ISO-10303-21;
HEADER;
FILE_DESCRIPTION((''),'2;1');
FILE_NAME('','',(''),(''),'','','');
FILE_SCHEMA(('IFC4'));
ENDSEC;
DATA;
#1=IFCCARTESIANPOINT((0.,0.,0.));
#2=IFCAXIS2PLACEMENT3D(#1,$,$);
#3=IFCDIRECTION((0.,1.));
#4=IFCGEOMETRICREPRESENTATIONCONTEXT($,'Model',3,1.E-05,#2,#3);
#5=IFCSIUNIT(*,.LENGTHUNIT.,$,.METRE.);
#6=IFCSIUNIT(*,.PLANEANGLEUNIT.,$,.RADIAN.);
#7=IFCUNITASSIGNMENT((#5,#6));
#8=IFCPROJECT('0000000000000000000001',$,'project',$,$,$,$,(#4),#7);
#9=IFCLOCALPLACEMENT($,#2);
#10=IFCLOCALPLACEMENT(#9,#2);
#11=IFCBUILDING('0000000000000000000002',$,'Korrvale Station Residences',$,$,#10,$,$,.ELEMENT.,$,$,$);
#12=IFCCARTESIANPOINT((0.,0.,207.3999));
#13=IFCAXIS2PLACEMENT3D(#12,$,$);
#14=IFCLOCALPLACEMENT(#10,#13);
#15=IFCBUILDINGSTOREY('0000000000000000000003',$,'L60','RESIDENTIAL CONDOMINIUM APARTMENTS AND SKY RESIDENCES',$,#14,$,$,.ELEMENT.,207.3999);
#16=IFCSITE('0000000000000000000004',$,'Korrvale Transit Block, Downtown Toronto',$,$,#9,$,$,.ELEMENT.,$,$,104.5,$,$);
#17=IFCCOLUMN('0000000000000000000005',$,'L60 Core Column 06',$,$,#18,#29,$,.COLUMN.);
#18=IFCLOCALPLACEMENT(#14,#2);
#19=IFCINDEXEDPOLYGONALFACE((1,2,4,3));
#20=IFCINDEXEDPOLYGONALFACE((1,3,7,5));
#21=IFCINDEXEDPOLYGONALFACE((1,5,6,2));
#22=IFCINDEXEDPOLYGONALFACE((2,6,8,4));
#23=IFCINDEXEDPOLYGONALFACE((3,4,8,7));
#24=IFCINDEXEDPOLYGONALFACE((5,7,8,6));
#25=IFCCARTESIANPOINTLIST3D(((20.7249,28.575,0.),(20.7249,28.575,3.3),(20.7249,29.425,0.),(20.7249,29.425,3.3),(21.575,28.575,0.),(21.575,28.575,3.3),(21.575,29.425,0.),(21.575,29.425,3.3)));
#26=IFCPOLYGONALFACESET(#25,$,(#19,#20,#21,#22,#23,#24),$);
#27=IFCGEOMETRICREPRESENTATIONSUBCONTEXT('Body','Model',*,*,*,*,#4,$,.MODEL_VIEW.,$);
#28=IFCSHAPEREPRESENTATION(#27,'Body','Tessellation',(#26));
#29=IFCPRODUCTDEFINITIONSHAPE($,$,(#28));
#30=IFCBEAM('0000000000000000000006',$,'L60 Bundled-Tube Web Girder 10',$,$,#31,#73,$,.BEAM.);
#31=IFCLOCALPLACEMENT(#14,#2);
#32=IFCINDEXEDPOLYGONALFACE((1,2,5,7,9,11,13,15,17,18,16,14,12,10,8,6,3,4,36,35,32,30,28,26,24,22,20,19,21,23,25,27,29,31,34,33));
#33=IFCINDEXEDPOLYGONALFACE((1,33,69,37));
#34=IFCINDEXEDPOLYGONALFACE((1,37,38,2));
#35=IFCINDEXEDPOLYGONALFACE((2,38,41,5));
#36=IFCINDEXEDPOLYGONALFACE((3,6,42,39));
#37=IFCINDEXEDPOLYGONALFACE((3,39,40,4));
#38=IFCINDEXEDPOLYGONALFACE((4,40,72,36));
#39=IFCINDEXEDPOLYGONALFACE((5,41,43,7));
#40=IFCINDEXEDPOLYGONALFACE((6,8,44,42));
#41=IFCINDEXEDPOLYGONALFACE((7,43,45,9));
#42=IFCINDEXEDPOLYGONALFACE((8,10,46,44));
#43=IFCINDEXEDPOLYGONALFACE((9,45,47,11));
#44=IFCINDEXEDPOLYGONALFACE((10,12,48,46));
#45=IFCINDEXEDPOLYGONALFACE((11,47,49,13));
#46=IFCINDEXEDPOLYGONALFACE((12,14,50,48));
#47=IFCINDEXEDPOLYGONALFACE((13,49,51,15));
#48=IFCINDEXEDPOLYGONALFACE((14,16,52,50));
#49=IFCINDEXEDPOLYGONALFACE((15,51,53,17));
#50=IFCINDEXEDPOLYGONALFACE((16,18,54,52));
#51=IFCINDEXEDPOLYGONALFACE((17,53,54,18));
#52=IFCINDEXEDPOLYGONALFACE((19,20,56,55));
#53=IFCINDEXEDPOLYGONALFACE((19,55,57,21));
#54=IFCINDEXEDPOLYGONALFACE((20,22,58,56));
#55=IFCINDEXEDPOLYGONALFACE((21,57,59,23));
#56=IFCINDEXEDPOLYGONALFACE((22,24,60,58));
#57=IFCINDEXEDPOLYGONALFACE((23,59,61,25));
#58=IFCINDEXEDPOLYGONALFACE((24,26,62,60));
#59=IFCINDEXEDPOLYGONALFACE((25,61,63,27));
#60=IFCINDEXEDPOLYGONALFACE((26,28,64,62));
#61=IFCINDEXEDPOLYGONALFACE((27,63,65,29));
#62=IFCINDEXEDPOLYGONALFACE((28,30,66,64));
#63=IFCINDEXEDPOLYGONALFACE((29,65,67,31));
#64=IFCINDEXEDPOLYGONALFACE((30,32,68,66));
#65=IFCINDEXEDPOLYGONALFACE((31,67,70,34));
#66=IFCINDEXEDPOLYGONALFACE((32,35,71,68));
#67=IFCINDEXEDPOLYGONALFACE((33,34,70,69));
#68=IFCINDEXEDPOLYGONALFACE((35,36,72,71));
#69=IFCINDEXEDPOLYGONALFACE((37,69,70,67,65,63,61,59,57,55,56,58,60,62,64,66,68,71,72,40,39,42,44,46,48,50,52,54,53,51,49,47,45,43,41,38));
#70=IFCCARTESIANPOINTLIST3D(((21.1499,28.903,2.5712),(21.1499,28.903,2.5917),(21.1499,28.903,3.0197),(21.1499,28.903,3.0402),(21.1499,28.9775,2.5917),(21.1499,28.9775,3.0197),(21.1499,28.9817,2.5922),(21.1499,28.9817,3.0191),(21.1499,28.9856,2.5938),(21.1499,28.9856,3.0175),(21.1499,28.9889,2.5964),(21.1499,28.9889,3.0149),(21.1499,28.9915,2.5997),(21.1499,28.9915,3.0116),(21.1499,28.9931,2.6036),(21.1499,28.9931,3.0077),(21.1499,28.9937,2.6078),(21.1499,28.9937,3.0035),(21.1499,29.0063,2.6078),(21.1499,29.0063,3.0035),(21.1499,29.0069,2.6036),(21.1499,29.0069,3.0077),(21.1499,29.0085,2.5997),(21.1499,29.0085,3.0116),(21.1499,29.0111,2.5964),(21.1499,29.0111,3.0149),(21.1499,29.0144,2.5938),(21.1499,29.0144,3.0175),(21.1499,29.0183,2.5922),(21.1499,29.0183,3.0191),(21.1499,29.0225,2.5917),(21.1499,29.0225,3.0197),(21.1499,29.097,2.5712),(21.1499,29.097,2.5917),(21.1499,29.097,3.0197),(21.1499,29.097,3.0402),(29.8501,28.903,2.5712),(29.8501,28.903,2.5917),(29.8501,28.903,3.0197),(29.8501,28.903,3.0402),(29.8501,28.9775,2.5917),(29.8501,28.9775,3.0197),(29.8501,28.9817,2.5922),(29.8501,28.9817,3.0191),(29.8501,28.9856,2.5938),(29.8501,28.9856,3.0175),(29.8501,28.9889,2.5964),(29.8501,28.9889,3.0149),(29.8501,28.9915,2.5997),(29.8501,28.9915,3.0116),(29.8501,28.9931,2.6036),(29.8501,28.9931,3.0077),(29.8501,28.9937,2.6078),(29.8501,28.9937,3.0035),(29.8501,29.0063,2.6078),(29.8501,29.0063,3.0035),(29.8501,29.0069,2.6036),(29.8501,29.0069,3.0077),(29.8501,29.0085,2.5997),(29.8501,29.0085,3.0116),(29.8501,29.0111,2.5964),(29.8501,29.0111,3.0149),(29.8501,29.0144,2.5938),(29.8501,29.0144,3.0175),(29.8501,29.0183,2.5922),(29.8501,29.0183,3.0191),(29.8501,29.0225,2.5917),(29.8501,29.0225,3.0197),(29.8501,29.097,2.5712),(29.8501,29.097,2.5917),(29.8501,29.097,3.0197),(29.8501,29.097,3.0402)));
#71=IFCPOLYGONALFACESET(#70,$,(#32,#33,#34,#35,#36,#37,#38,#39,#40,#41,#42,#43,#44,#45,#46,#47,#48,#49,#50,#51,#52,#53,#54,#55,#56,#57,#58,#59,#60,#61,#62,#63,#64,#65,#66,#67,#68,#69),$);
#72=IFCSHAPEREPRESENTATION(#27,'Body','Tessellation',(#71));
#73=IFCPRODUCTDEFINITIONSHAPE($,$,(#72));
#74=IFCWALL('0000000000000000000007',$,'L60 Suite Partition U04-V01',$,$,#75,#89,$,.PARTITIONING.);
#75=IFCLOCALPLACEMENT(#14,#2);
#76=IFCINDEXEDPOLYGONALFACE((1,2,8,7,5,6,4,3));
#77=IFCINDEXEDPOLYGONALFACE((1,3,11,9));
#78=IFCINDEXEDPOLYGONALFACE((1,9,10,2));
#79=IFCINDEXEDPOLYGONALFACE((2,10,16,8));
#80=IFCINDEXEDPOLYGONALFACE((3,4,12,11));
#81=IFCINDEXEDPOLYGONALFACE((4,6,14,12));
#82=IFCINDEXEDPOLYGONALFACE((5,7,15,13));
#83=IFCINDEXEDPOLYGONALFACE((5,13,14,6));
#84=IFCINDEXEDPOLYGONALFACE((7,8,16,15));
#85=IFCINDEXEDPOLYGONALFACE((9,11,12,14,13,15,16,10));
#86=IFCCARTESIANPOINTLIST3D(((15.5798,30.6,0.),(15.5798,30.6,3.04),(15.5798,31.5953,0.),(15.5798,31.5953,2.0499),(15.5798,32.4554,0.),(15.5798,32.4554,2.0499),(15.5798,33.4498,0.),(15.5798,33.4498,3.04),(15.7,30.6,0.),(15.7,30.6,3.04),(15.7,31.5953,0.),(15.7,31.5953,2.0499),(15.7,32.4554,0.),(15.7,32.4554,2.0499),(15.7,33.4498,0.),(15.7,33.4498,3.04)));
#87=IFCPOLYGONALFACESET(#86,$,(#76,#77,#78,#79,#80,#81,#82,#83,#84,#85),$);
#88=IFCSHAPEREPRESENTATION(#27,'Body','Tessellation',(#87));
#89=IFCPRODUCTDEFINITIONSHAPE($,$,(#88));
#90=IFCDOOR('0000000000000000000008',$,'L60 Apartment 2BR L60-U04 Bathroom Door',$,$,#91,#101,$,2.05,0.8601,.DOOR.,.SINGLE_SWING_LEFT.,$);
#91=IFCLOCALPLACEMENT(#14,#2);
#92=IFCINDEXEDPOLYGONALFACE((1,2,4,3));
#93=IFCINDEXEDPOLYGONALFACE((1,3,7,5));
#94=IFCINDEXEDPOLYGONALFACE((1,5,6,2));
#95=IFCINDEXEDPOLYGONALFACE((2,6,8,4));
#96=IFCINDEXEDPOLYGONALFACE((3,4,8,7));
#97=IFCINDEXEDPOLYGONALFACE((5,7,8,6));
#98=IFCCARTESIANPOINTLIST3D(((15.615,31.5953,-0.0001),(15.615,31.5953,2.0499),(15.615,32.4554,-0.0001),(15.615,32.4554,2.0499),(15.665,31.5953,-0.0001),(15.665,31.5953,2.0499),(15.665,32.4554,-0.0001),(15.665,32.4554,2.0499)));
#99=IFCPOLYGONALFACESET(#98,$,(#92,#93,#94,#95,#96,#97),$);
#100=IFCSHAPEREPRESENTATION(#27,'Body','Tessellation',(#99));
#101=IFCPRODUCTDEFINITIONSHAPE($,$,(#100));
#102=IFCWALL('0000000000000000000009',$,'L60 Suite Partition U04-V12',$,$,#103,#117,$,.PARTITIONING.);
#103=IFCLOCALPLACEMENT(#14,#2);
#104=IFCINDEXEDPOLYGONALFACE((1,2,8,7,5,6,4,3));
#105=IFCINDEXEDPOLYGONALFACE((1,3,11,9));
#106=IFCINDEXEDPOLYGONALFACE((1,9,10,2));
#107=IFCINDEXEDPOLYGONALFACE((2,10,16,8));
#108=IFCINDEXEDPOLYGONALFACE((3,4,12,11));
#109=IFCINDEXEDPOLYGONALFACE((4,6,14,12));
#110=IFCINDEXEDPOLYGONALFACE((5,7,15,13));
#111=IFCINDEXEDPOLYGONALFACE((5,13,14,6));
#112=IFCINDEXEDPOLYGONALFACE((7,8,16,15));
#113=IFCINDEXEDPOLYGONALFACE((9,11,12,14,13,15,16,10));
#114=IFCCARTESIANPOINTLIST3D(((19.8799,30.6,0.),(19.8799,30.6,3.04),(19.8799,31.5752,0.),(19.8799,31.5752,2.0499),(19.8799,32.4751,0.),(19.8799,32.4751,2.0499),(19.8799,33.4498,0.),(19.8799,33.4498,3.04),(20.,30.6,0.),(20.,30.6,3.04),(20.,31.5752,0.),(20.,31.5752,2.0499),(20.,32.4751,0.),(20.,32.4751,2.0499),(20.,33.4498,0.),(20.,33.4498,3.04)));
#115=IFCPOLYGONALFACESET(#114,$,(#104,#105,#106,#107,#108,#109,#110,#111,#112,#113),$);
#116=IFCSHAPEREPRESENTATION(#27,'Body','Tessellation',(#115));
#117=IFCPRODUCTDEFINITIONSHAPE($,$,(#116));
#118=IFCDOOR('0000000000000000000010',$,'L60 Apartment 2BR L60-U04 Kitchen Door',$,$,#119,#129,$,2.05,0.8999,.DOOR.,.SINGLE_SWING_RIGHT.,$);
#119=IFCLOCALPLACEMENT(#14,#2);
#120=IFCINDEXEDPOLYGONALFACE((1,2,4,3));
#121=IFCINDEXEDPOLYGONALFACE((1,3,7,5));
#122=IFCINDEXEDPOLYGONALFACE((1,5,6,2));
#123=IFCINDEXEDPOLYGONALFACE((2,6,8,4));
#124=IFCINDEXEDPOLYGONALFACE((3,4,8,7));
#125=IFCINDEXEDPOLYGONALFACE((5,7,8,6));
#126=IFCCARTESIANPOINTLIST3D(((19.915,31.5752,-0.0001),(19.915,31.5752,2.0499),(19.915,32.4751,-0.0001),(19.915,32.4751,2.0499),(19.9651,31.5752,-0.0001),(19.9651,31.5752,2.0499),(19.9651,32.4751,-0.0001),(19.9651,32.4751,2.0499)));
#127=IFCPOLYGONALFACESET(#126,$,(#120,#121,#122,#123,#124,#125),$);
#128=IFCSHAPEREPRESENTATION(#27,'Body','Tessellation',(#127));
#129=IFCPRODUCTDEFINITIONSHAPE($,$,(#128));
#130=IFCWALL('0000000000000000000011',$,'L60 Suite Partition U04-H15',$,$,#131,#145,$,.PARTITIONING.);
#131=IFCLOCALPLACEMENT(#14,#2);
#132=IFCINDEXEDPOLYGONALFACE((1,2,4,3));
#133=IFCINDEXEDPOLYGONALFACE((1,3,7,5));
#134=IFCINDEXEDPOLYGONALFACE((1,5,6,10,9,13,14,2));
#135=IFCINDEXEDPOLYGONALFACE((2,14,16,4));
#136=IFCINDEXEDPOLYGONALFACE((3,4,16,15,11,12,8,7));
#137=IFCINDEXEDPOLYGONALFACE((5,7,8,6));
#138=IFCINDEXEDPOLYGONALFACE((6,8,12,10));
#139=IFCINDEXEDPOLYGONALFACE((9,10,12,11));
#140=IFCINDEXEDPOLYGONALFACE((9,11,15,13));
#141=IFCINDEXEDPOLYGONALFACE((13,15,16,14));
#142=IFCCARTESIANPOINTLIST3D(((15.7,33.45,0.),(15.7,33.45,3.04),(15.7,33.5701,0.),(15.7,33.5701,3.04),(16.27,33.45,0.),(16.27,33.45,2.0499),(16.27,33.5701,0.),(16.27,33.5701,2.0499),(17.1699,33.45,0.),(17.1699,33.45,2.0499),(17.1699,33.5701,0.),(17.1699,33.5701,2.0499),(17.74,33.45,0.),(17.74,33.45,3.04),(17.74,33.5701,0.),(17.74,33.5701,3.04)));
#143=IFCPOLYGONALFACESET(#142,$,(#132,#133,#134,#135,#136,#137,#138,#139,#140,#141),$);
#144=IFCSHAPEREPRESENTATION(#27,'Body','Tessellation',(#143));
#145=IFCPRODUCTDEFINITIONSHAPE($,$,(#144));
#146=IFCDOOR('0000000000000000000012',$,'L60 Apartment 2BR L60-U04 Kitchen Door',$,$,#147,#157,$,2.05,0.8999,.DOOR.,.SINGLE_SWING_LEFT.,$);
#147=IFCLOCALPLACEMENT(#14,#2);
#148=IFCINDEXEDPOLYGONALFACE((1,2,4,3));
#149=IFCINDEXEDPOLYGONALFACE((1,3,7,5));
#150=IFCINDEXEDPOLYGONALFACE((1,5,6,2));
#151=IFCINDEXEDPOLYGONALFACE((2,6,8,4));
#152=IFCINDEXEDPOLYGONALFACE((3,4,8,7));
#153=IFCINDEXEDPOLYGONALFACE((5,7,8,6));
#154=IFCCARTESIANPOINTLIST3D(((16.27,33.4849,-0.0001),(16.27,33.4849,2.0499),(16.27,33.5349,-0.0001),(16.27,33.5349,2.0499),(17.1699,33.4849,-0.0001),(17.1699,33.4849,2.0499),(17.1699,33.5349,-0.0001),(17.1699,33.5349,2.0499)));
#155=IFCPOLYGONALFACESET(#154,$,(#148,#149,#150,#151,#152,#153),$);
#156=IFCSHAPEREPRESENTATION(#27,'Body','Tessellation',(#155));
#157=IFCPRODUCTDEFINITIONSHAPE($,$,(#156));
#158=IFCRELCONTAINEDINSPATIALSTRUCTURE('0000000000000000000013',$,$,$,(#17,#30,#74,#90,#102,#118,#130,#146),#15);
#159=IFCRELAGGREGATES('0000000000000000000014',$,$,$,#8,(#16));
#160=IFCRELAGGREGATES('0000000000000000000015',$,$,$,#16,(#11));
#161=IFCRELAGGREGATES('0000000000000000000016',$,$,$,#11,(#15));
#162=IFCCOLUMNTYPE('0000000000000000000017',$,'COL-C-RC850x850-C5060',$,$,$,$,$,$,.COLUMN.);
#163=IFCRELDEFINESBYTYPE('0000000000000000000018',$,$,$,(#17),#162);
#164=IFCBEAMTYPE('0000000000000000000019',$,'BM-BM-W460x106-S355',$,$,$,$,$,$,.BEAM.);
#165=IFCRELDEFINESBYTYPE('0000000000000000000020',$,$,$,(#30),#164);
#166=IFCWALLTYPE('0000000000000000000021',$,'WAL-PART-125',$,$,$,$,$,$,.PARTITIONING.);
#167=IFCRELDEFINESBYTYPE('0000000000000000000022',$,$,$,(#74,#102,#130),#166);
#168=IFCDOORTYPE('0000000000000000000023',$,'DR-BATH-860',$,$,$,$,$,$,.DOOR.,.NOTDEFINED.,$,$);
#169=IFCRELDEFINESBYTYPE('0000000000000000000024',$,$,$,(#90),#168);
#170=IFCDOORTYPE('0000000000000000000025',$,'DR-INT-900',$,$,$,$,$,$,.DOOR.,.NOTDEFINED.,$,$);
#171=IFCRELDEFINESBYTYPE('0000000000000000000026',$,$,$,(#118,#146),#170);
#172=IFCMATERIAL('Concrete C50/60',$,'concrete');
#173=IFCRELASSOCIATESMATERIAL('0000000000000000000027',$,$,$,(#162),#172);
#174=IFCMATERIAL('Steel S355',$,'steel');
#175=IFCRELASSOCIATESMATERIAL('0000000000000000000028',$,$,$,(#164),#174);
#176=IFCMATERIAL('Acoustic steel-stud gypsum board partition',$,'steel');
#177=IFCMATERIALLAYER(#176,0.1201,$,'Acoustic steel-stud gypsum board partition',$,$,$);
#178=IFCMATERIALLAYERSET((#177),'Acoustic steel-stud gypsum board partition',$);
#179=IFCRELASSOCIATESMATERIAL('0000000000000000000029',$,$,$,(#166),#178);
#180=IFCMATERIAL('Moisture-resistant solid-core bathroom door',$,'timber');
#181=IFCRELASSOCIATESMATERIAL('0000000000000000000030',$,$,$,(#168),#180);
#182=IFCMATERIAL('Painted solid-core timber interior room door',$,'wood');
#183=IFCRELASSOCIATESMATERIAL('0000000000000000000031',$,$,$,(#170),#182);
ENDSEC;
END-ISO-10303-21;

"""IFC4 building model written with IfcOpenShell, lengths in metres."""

from ifc_helpers import new_model, si_unit, direction, frame, frame_2d, origin, origin_2d, place, context, subcontext, project, spatial, rectangle, i_section, extrude, material, layer, layer_set, material_profile, profile_set, type_object, element, fill, save


model = new_model("IFC4")

# Units and contexts
model_context = context("Model", 3, precision=1e-05, world=origin(), true_north=direction((0.0, 1.0)))
body_context = subcontext(model_context, "Body", "Model", "MODEL_VIEW")
ifc_project = project(units=[si_unit("LENGTHUNIT", "METRE"), si_unit("PLANEANGLEUNIT", "RADIAN")], contexts=[model_context])

# Site, building, storey
site_placement = place(None, origin())
site = spatial("IfcSite", under=ifc_project, at=site_placement, Name="Korrvale Transit Block, Downtown Toronto", CompositionType="ELEMENT", RefElevation=104.5)
building_placement = place(site_placement, origin())
building = spatial("IfcBuilding", under=site, at=building_placement, Name="Korrvale Station Residences", CompositionType="ELEMENT")
storey_placement = place(building_placement, frame((0.0, 0.0, 207.3999)))
storey = spatial("IfcBuildingStorey", under=building, at=storey_placement, Name="L60", Description="RESIDENTIAL CONDOMINIUM APARTMENTS AND SKY RESIDENCES", CompositionType="ELEMENT", Elevation=207.3999)

# Column
ifc_material_1 = material(Name="Concrete C50/60", Category="concrete")
ifc_material_profile_1 = material_profile(ifc_material_1, rectangle(XDim=0.8501, YDim=0.8501, at=origin_2d()), Name="RC850x850")
ifc_profile_set_1 = profile_set([ifc_material_profile_1], Name="Concrete C50/60")
column_type = type_object("IfcColumnType", Name="COL-C-RC850x850-C5060", PredefinedType="COLUMN", material=ifc_profile_set_1)
column_placement = place(storey_placement, frame((21.1499, 29.0, 0.0), z_axis=(0.0, 0.0, 1.0), x_axis=(1.0, 0.0, 0.0)))
element("IfcColumn", 1, at=column_placement, inside=storey, type_object=column_type, Name="L60 Core Column 06", PredefinedType="COLUMN", context=body_context, shape_type="SweptSolid", body=[
    extrude(rectangle(XDim=0.8501, YDim=0.8501, at=origin_2d()), origin(), (0.0, 0.0, 1.0), 3.3),
])

# Beam
ifc_material_2 = material(Name="Steel S355", Category="steel")
ifc_material_profile_2 = material_profile(ifc_material_2, i_section(OverallWidth=0.1941, OverallDepth=0.469, WebThickness=0.0127, FlangeThickness=0.0205, FilletRadius=0.0161, at=origin_2d()), Name="W460x106")
ifc_profile_set_2 = profile_set([ifc_material_profile_2], Name="Steel S355")
beam_type = type_object("IfcBeamType", Name="BM-BM-W460x106-S355", PredefinedType="BEAM", material=ifc_profile_set_2)
beam_placement = place(storey_placement, frame((21.1499, 29.0, 2.8057), z_axis=(1.0, 0.0, 0.0), x_axis=(0.0, 1.0, 0.0)))
element("IfcBeam", 2, at=beam_placement, inside=storey, type_object=beam_type, Name="L60 Bundled-Tube Web Girder 10", PredefinedType="BEAM", context=body_context, shape_type="SweptSolid", body=[
    extrude(i_section(OverallWidth=0.1941, OverallDepth=0.469, WebThickness=0.0127, FlangeThickness=0.0205, FilletRadius=0.0161, at=origin_2d()), origin(), (0.0, 0.0, 1.0), 8.7002),
])

# Walls, openings, doors
ifc_material_3 = material(Name="Acoustic steel-stud gypsum board partition", Category="steel")
ifc_layer = layer(ifc_material_3, 0.1201, Name="Acoustic steel-stud gypsum board partition")
ifc_layer_set = layer_set([ifc_layer], Name="Acoustic steel-stud gypsum board partition")
wall_type = type_object("IfcWallType", Name="WAL-PART-125", PredefinedType="PARTITIONING", material=ifc_layer_set)
wall_1_placement = place(storey_placement, frame((15.6399, 30.6001, 0.0), z_axis=(0.0, 0.0, 1.0), x_axis=(0.0, 1.0, 0.0)))
wall_1 = element("IfcWall", 3, at=wall_1_placement, inside=storey, type_object=wall_type, Name="L60 Suite Partition U04-V01", PredefinedType="PARTITIONING", context=body_context, shape_type="SweptSolid", body=[
    extrude(rectangle(XDim=2.8499, YDim=0.1201, at=frame_2d((1.4248, 0.0))), origin(), (0.0, 0.0, 1.0), 3.04),
])
opening_1_placement = place(wall_1_placement, frame((0.9951, 0.0, 0.0)))
opening_1 = element("IfcOpeningElement", 4, at=opening_1_placement, cuts=wall_1, PredefinedType="OPENING", context=body_context, shape_type="SweptSolid", body=[
    extrude(rectangle(XDim=0.8601, YDim=2.05, at=frame_2d((0.4302, 1.0249))), frame((0.0, 0.0701, 0.0), z_axis=(0.0, -1.0, 0.0), x_axis=(1.0, 0.0, 0.0)), (0.0, 0.0, 1.0), 0.1401),
])
ifc_material_4 = material(Name="Moisture-resistant solid-core bathroom door", Category="timber")
door_type_1 = type_object("IfcDoorType", Name="DR-BATH-860", OperationType="NOTDEFINED", PredefinedType="DOOR", material=ifc_material_4)
door_1_placement = place(opening_1_placement, origin())
door_1 = element("IfcDoor", 5, at=door_1_placement, inside=storey, type_object=door_type_1, Name="L60 Apartment 2BR L60-U04 Bathroom Door", OperationType="SINGLE_SWING_LEFT", OverallHeight=2.05, OverallWidth=0.8601, PredefinedType="DOOR", context=body_context, shape_type="SweptSolid", body=[
    extrude(rectangle(XDim=0.8601, YDim=2.05, at=frame_2d((0.4302, 1.0249))), frame((0.0, 0.0249, 0.0), z_axis=(0.0, -1.0, 0.0), x_axis=(1.0, 0.0, 0.0)), (0.0, 0.0, 1.0), 0.05),
])
fill(opening_1, door_1)
wall_2_placement = place(storey_placement, frame((19.9399, 30.6001, 0.0), z_axis=(0.0, 0.0, 1.0), x_axis=(0.0, 1.0, 0.0)))
wall_2 = element("IfcWall", 6, at=wall_2_placement, inside=storey, type_object=wall_type, Name="L60 Suite Partition U04-V12", PredefinedType="PARTITIONING", context=body_context, shape_type="SweptSolid", body=[
    extrude(rectangle(XDim=2.8499, YDim=0.1201, at=frame_2d((1.4248, 0.0))), origin(), (0.0, 0.0, 1.0), 3.04),
])
opening_2_placement = place(wall_2_placement, frame((0.9751, 0.0, 0.0)))
opening_2 = element("IfcOpeningElement", 7, at=opening_2_placement, cuts=wall_2, PredefinedType="OPENING", context=body_context, shape_type="SweptSolid", body=[
    extrude(rectangle(XDim=0.8999, YDim=2.05, at=frame_2d((0.45, 1.0249))), frame((0.0, 0.0701, 0.0), z_axis=(0.0, -1.0, 0.0), x_axis=(1.0, 0.0, 0.0)), (0.0, 0.0, 1.0), 0.1401),
])
ifc_material_5 = material(Name="Painted solid-core timber interior room door", Category="wood")
door_type_2 = type_object("IfcDoorType", Name="DR-INT-900", OperationType="NOTDEFINED", PredefinedType="DOOR", material=ifc_material_5)
door_2_placement = place(opening_2_placement, origin())
door_2 = element("IfcDoor", 8, at=door_2_placement, inside=storey, type_object=door_type_2, Name="L60 Apartment 2BR L60-U04 Kitchen Door", OperationType="SINGLE_SWING_RIGHT", OverallHeight=2.05, OverallWidth=0.8999, PredefinedType="DOOR", context=body_context, shape_type="SweptSolid", body=[
    extrude(rectangle(XDim=0.8999, YDim=2.05, at=frame_2d((0.45, 1.0249))), frame((0.0, 0.0249, 0.0), z_axis=(0.0, -1.0, 0.0), x_axis=(1.0, 0.0, 0.0)), (0.0, 0.0, 1.0), 0.05),
])
fill(opening_2, door_2)
wall_3_placement = place(storey_placement, frame((15.7, 33.51, 0.0), z_axis=(0.0, 0.0, 1.0), x_axis=(1.0, 0.0, 0.0)))
wall_3 = element("IfcWall", 9, at=wall_3_placement, inside=storey, type_object=wall_type, Name="L60 Suite Partition U04-H15", PredefinedType="PARTITIONING", context=body_context, shape_type="SweptSolid", body=[
    extrude(rectangle(XDim=2.04, YDim=0.1201, at=frame_2d((1.02, 0.0))), origin(), (0.0, 0.0, 1.0), 3.04),
])
opening_3_placement = place(wall_3_placement, frame((0.5701, 0.0, 0.0)))
opening_3 = element("IfcOpeningElement", 10, at=opening_3_placement, cuts=wall_3, PredefinedType="OPENING", context=body_context, shape_type="SweptSolid", body=[
    extrude(rectangle(XDim=0.8999, YDim=2.05, at=frame_2d((0.45, 1.0249))), frame((0.0, 0.0701, 0.0), z_axis=(0.0, -1.0, 0.0), x_axis=(1.0, 0.0, 0.0)), (0.0, 0.0, 1.0), 0.1401),
])
door_3_placement = place(opening_3_placement, origin())
door_3 = element("IfcDoor", 11, at=door_3_placement, inside=storey, type_object=door_type_2, Name="L60 Apartment 2BR L60-U04 Kitchen Door", OperationType="SINGLE_SWING_LEFT", OverallHeight=2.05, OverallWidth=0.8999, PredefinedType="DOOR", context=body_context, shape_type="SweptSolid", body=[
    extrude(rectangle(XDim=0.8999, YDim=2.05, at=frame_2d((0.45, 1.0249))), frame((0.0, 0.0249, 0.0), z_axis=(0.0, -1.0, 0.0), x_axis=(1.0, 0.0, 0.0)), (0.0, 0.0, 1.0), 0.05),
])
fill(opening_3, door_3)

save(model, "model.ifc")
